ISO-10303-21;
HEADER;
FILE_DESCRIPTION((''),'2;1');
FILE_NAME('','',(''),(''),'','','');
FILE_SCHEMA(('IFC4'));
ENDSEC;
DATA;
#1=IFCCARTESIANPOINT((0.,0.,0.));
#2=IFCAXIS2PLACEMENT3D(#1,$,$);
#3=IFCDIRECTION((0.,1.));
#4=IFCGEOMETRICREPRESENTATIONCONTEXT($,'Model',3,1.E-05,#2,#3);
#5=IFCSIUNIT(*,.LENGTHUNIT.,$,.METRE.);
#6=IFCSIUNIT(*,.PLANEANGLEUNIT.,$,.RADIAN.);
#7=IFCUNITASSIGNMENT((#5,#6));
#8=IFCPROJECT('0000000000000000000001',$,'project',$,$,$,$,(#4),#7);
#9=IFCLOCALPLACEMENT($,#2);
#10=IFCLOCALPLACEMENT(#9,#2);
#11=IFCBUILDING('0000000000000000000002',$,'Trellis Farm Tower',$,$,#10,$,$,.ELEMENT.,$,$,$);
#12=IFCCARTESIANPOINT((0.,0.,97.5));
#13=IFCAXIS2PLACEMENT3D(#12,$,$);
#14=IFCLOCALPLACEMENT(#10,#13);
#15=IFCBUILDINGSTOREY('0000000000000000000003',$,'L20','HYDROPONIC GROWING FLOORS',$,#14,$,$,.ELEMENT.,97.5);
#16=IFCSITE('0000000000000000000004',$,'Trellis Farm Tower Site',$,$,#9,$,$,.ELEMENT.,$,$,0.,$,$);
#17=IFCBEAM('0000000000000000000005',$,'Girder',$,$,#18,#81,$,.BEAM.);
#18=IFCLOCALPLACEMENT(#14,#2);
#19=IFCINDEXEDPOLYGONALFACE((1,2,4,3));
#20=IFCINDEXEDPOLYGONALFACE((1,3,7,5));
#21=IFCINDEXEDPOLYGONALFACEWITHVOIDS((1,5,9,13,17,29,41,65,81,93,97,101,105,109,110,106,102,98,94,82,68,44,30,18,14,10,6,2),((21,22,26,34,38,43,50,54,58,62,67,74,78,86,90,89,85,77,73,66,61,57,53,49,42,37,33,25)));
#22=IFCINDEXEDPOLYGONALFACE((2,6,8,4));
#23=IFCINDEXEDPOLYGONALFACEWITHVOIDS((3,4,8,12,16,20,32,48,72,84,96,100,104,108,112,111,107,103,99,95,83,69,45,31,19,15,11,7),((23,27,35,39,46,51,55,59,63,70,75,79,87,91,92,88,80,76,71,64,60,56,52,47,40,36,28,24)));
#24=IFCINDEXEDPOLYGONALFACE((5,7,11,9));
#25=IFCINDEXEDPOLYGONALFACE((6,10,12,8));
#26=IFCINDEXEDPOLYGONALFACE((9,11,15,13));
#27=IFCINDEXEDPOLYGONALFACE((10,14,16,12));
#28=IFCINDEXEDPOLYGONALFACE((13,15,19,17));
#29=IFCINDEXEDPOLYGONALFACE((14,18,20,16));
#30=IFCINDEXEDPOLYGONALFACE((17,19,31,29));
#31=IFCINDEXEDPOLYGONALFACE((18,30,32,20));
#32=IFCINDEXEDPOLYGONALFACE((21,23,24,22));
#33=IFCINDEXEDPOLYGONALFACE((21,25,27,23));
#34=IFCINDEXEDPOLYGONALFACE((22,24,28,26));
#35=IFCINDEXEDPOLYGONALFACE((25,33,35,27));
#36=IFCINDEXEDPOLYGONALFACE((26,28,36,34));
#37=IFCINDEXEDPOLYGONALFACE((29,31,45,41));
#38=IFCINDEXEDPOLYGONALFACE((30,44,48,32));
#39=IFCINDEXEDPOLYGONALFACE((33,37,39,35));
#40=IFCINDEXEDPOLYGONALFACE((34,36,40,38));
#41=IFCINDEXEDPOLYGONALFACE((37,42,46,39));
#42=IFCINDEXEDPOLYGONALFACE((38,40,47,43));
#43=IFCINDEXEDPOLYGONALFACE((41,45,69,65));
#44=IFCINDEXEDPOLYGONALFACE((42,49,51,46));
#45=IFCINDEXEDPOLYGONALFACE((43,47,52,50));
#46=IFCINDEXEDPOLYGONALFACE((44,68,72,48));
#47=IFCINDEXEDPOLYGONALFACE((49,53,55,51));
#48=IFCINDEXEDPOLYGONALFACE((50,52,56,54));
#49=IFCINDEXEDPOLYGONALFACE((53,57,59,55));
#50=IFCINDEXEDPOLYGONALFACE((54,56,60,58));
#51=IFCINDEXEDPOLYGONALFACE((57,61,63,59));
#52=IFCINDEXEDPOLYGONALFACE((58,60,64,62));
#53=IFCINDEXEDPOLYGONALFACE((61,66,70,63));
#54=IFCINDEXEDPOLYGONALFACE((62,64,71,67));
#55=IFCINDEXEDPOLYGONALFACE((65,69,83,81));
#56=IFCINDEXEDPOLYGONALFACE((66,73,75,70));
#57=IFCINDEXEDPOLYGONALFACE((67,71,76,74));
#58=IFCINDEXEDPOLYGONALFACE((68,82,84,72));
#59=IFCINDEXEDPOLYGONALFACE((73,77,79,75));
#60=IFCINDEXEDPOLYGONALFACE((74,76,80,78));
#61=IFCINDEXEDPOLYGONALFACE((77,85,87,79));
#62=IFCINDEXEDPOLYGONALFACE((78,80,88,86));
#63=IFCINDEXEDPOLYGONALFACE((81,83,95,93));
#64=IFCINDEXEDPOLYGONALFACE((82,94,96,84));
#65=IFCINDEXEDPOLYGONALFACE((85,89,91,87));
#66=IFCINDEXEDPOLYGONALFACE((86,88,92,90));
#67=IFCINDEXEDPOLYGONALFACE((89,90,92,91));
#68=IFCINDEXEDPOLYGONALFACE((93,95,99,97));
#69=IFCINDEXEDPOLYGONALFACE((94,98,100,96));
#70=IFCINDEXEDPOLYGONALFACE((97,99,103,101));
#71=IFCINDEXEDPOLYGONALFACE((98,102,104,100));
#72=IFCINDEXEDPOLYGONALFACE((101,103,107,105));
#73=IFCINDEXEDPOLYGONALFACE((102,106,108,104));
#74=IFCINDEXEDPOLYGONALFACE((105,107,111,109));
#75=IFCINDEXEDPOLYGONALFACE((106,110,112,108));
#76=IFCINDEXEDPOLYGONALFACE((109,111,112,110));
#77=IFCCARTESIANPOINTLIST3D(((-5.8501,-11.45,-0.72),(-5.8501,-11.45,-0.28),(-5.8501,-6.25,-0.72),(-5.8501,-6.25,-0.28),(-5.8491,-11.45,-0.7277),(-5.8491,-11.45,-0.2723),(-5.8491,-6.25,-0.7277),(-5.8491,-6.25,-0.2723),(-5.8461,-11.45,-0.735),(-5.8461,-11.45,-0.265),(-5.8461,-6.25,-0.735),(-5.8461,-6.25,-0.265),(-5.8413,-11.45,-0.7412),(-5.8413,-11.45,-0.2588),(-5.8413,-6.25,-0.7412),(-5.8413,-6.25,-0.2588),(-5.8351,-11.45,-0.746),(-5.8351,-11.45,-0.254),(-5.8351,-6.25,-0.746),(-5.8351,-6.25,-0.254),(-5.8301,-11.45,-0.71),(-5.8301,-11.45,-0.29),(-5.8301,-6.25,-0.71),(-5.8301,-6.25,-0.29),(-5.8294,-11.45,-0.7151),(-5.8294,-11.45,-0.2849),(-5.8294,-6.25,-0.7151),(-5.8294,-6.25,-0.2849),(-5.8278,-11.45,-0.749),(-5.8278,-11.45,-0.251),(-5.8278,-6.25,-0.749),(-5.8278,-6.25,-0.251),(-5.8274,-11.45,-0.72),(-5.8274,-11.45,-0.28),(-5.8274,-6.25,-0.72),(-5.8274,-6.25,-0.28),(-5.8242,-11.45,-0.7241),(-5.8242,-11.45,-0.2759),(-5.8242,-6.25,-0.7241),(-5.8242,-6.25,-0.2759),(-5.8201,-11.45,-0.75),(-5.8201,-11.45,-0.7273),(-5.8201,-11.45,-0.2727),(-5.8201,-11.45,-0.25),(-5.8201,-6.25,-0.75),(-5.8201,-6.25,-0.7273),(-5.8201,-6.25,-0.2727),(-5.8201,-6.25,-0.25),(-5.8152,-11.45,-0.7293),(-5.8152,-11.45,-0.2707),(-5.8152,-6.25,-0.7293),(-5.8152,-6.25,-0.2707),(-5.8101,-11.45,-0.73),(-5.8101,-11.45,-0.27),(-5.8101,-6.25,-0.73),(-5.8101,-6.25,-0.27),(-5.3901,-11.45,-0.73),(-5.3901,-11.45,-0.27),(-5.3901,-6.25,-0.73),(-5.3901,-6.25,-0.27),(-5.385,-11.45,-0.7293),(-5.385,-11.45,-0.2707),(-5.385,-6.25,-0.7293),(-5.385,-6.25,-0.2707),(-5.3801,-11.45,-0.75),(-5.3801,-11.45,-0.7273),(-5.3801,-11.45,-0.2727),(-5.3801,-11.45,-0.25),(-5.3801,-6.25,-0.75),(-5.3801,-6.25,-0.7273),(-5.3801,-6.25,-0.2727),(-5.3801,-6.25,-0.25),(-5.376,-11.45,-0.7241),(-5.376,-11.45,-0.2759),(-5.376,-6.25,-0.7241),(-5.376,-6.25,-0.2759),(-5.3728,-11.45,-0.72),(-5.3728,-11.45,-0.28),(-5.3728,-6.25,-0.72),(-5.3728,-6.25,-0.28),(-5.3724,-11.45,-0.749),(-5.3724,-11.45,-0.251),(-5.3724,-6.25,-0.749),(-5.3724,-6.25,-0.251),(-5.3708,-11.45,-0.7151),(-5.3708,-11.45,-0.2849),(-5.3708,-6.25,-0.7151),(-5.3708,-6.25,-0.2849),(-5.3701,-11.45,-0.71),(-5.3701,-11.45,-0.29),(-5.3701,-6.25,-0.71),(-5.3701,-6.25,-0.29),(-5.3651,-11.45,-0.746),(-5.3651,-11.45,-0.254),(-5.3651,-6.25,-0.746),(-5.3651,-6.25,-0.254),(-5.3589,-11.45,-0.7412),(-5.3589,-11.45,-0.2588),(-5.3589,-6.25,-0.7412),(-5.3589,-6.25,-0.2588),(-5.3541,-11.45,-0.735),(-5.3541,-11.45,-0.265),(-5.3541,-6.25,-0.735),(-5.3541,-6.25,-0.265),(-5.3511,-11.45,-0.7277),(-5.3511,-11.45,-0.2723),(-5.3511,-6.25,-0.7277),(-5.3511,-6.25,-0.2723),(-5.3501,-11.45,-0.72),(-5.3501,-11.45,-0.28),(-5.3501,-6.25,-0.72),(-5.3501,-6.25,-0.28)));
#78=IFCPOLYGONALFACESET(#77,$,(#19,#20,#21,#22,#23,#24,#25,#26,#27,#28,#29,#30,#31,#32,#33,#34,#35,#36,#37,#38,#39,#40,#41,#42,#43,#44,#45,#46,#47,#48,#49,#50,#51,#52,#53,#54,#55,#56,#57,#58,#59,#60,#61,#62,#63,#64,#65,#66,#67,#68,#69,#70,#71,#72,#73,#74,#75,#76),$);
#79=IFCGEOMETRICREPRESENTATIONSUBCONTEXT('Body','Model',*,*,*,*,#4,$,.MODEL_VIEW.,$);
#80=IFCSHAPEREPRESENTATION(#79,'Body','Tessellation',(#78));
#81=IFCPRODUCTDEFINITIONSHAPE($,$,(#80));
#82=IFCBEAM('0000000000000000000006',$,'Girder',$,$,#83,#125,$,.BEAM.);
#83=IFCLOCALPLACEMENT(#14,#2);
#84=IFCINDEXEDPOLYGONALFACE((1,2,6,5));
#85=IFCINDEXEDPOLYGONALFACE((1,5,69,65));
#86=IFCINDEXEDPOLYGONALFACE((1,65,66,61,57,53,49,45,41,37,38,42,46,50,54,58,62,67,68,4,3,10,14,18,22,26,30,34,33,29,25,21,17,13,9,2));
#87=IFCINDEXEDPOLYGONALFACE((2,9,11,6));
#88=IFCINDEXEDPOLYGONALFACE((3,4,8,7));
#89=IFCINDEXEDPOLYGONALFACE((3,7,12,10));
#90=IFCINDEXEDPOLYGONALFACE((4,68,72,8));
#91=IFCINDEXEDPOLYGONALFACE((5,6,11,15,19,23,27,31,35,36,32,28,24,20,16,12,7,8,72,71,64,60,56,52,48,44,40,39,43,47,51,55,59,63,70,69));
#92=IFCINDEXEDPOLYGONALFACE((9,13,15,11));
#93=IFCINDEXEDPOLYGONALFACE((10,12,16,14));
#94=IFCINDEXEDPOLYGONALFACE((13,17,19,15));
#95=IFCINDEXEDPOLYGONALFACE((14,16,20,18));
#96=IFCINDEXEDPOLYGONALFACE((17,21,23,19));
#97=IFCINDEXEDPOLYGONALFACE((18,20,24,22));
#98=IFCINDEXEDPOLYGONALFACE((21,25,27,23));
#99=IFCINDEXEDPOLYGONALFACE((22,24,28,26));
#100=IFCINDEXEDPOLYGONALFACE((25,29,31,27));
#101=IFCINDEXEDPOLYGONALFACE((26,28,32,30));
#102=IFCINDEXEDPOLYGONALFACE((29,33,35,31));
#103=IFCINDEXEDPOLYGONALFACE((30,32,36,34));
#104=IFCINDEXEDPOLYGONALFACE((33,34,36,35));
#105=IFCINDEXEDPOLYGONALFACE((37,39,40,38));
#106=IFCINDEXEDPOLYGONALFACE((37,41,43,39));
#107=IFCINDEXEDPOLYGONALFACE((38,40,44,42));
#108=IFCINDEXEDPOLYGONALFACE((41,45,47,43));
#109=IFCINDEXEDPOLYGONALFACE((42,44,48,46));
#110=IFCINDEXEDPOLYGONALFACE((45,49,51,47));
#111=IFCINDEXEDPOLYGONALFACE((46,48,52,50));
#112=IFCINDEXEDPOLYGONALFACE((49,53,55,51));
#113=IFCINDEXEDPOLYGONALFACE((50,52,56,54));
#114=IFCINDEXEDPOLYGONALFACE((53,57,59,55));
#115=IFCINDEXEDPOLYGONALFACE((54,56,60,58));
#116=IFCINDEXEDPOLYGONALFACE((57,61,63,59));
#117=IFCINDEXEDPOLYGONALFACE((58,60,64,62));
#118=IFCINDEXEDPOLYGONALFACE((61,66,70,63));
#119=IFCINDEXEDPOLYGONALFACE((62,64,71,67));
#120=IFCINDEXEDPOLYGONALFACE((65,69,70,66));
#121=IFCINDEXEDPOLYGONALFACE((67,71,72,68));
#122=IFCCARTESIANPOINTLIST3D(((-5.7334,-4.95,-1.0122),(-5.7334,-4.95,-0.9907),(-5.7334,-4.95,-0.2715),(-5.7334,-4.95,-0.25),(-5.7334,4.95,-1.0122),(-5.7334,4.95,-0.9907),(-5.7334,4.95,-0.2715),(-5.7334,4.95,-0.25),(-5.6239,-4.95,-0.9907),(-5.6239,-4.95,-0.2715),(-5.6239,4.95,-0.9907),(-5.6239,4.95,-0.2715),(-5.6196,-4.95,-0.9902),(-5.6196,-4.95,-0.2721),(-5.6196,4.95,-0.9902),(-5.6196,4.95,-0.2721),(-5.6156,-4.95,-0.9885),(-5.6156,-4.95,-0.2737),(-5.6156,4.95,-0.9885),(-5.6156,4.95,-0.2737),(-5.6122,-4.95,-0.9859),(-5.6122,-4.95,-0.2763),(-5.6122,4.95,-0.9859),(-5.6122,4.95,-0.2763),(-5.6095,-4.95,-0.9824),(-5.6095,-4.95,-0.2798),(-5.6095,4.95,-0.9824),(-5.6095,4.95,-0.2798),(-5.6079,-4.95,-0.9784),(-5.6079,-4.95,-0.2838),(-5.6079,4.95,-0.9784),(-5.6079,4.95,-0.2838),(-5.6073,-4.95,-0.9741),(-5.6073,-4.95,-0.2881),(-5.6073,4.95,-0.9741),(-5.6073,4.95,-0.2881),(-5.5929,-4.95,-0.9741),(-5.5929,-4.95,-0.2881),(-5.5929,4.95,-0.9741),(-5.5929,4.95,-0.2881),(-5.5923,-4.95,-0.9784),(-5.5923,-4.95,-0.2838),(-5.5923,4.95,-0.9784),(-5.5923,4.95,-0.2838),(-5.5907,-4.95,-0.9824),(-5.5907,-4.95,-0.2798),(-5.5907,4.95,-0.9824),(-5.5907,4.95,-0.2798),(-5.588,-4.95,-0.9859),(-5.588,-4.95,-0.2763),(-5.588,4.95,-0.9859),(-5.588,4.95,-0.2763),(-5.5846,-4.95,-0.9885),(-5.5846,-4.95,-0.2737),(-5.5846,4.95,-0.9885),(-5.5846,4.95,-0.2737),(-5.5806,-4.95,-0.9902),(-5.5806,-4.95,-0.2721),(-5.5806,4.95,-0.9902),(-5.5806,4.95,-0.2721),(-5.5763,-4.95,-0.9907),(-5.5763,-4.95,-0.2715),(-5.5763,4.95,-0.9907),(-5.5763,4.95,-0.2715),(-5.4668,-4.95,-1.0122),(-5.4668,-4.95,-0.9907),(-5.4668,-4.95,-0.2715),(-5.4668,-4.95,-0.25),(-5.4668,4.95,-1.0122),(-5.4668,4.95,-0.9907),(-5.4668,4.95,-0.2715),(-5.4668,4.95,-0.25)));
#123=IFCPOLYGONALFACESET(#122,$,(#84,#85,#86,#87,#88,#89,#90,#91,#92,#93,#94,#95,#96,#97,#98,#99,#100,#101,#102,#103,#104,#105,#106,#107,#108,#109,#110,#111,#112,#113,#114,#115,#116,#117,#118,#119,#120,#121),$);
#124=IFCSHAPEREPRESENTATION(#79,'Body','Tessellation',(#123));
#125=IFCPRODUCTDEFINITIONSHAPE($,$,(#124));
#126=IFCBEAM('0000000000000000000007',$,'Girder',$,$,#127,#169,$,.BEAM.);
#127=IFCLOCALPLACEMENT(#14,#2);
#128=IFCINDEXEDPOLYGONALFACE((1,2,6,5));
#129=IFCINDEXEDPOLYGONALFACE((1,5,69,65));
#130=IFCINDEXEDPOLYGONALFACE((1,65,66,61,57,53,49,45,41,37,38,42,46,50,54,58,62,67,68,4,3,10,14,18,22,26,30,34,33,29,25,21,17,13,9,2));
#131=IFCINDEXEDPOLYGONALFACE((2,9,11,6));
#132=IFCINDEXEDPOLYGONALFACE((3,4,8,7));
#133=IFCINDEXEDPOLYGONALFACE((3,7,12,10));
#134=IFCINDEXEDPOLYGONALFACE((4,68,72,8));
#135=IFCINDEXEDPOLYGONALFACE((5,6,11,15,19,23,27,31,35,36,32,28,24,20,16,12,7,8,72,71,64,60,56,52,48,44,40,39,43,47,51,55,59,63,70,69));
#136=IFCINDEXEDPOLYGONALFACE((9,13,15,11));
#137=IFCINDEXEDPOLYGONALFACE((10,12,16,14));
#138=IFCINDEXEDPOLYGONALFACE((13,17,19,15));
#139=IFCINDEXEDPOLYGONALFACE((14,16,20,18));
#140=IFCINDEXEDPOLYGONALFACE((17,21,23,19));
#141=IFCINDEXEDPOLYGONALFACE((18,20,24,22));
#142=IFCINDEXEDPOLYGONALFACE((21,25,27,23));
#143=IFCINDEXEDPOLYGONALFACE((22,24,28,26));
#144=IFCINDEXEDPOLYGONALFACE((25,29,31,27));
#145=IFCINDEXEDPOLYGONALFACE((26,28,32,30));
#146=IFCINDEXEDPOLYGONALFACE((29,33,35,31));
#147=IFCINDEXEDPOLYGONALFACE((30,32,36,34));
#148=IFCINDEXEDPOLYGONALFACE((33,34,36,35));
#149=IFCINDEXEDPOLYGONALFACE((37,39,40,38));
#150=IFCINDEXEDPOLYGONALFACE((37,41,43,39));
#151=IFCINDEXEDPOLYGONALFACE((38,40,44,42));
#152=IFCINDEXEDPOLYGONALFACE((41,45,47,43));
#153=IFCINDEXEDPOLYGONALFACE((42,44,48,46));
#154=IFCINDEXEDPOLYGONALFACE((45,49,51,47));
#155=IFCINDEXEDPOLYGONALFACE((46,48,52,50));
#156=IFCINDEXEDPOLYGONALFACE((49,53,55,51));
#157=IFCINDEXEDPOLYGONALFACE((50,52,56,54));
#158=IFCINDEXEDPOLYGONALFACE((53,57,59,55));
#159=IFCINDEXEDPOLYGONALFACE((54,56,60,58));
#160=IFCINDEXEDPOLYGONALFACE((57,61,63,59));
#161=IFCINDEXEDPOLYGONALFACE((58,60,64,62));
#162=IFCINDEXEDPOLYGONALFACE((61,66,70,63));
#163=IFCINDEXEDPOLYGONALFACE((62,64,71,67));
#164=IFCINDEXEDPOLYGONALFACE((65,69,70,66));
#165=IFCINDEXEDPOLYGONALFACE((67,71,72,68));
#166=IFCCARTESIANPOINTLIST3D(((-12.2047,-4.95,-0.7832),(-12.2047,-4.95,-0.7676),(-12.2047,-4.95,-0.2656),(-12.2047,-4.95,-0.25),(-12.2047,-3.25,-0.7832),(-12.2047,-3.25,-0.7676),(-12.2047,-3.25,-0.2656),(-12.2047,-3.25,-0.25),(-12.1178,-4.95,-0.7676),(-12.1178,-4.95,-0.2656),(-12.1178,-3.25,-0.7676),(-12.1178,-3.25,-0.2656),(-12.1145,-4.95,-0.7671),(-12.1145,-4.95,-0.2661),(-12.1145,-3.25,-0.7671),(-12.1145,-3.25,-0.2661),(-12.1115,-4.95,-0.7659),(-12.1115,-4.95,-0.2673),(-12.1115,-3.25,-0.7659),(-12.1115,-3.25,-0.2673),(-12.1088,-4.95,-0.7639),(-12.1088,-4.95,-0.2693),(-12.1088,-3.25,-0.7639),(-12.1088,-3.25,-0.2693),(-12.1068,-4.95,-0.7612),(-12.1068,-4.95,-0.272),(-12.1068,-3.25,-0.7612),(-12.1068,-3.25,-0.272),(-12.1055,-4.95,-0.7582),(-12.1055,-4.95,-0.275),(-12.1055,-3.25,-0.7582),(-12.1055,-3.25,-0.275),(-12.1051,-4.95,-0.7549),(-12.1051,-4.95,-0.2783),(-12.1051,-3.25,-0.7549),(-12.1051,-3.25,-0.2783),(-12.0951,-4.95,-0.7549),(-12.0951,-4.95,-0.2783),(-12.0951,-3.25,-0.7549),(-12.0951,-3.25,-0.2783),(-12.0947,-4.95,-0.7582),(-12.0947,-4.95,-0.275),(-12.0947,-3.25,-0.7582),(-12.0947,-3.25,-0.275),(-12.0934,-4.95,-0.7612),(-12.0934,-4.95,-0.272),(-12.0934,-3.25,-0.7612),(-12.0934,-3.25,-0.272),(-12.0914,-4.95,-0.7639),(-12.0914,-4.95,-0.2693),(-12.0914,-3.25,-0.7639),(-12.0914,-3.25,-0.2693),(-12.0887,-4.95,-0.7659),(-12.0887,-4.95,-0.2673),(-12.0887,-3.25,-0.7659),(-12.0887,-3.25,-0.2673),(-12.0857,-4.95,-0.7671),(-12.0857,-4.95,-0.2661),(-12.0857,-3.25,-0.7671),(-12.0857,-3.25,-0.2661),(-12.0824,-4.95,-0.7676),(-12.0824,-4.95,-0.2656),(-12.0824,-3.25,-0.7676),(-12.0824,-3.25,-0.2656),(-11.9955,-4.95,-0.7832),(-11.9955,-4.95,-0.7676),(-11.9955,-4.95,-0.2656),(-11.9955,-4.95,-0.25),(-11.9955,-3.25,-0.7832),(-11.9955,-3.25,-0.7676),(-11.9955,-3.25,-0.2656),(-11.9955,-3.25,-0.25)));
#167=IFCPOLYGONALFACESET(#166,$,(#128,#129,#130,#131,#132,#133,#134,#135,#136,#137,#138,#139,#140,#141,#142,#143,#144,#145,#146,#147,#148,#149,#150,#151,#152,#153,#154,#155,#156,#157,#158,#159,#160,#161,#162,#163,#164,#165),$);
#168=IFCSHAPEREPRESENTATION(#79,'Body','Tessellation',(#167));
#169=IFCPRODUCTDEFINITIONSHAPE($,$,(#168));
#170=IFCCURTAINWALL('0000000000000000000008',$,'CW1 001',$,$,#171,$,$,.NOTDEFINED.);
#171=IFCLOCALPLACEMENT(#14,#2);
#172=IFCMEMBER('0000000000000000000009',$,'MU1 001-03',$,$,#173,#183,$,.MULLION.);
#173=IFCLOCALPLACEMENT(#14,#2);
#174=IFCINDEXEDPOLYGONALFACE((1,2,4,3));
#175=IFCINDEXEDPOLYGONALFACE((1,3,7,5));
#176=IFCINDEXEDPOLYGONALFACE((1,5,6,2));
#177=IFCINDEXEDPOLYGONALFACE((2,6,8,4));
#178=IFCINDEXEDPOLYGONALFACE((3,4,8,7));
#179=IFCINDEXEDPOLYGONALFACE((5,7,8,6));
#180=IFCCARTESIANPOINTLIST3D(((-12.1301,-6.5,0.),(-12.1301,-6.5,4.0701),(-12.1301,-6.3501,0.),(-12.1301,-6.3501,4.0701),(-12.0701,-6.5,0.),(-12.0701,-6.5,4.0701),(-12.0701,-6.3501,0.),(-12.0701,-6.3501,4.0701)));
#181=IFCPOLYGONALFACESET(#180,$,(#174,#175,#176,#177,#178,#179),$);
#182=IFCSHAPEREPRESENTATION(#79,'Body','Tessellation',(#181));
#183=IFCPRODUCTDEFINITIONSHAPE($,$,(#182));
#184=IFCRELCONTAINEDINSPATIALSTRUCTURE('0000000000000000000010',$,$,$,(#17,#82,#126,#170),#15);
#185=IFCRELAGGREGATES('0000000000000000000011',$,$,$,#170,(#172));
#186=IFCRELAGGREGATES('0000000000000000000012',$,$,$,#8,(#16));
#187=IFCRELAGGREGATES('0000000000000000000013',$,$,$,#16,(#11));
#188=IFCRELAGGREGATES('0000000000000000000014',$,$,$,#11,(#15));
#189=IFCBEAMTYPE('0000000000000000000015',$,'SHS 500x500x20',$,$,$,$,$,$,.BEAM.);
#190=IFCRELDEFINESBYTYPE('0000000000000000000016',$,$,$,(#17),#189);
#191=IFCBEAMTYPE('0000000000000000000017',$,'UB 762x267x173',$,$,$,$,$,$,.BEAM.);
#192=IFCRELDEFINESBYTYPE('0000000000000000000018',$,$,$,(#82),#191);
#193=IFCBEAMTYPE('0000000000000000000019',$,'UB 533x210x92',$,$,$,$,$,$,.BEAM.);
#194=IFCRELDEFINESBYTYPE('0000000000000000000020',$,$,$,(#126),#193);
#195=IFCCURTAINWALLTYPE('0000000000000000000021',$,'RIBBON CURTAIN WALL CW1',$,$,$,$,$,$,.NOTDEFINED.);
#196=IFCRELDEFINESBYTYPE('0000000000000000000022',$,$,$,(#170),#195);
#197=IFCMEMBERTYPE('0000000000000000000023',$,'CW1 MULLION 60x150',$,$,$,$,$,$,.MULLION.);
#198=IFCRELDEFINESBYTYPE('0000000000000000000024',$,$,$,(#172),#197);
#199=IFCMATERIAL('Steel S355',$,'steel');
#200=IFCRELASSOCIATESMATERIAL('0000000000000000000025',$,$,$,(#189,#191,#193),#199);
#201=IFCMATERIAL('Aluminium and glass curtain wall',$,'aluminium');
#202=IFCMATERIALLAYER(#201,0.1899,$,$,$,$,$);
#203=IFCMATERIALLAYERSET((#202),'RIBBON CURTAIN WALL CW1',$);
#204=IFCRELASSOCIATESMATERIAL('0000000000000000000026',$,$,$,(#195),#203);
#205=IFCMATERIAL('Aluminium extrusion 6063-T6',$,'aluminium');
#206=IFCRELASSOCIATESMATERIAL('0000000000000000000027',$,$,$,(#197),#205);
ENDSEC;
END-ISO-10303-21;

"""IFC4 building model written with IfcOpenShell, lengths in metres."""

from ifc_helpers import new_model, si_unit, direction, frame, origin, origin_2d, place, context, subcontext, project, spatial, rectangle, hollow_rectangle, i_section, extrude, source, transform, mapped, material, layer, layer_set, material_profile, profile_set, type_object, element, aggregate, save


model = new_model("IFC4")

# Units and contexts
model_context = context("Model", 3, precision=1e-05, world=origin(), true_north=direction((0.0, 1.0)))
body_context = subcontext(model_context, "Body", "Model", "MODEL_VIEW")
ifc_project = project(units=[si_unit("LENGTHUNIT", "METRE"), si_unit("PLANEANGLEUNIT", "RADIAN")], contexts=[model_context])

# Site, building, storey
site_placement = place(None, origin())
site = spatial("IfcSite", under=ifc_project, at=site_placement, Name="Trellis Farm Tower Site", CompositionType="ELEMENT", RefElevation=0.0)
building_placement = place(site_placement, origin())
building = spatial("IfcBuilding", under=site, at=building_placement, Name="Trellis Farm Tower", CompositionType="ELEMENT")
storey_placement = place(building_placement, frame((0.0, 0.0, 97.5)))
storey = spatial("IfcBuildingStorey", under=building, at=storey_placement, Name="L20", Description="HYDROPONIC GROWING FLOORS", CompositionType="ELEMENT", Elevation=97.5)

# Beams
ifc_material_1 = material(Name="Steel S355", Category="steel")
ifc_material_profile_1 = material_profile(ifc_material_1, hollow_rectangle(XDim=0.5, YDim=0.5, WallThickness=0.02, InnerFilletRadius=0.02, OuterFilletRadius=0.03, at=origin_2d()), Name="SHS 500x500x20")
ifc_profile_set_1 = profile_set([ifc_material_profile_1], Name="Steel S355")
beam_type_1 = type_object("IfcBeamType", Name="SHS 500x500x20", PredefinedType="BEAM", material=ifc_profile_set_1)
shared_shape_1 = source(origin(), body_context, "Body", "SweptSolid", [
    extrude(hollow_rectangle(XDim=0.5, YDim=0.5, WallThickness=0.02, InnerFilletRadius=0.02, OuterFilletRadius=0.03, at=origin_2d()), origin(), (0.0, 0.0, 1.0), 5.2),
])
for number, where, z_axis, x_axis, name in (
    (1, (-5.6001, -11.45, -0.5), (0.0, 1.0, 0.0), (-1.0, 0.0, 0.0), "Girder"),
):
    element("IfcBeam", number, at=place(storey_placement, frame(where, z_axis=z_axis, x_axis=x_axis)), inside=storey, type_object=beam_type_1, Name=name, PredefinedType="BEAM", context=body_context, shape_type="MappedRepresentation", body=[
        mapped(shared_shape_1, transform((0.0, 0.0, 0.0))),
    ])
ifc_material_profile_2 = material_profile(ifc_material_1, i_section(OverallWidth=0.2666, OverallDepth=0.7622, WebThickness=0.0144, FlangeThickness=0.0215, FilletRadius=0.0166, at=origin_2d()), Name="UB 762x267x173")
ifc_profile_set_2 = profile_set([ifc_material_profile_2], Name="Steel S355")
beam_type_2 = type_object("IfcBeamType", Name="UB 762x267x173", PredefinedType="BEAM", material=ifc_profile_set_2)
shared_shape_2 = source(origin(), body_context, "Body", "SweptSolid", [
    extrude(i_section(OverallWidth=0.2666, OverallDepth=0.7622, WebThickness=0.0144, FlangeThickness=0.0215, FilletRadius=0.0166, at=origin_2d()), origin(), (0.0, 0.0, 1.0), 9.8999),
])
beam_1_placement = place(storey_placement, frame((-5.6001, -4.95, -0.6311), z_axis=(0.0, 1.0, 0.0), x_axis=(-1.0, 0.0, 0.0)))
element("IfcBeam", 2, at=beam_1_placement, inside=storey, type_object=beam_type_2, Name="Girder", PredefinedType="BEAM", context=body_context, shape_type="MappedRepresentation", body=[
    mapped(shared_shape_2, transform((0.0, 0.0, 0.0))),
])
ifc_material_profile_3 = material_profile(ifc_material_1, i_section(OverallWidth=0.2092, OverallDepth=0.5332, WebThickness=0.01, FlangeThickness=0.0156, FilletRadius=0.0127, at=origin_2d()), Name="UB 533x210x92")
ifc_profile_set_3 = profile_set([ifc_material_profile_3], Name="Steel S355")
beam_type_3 = type_object("IfcBeamType", Name="UB 533x210x92", PredefinedType="BEAM", material=ifc_profile_set_3)
shared_shape_3 = source(origin(), body_context, "Body", "SweptSolid", [
    extrude(i_section(OverallWidth=0.2092, OverallDepth=0.5332, WebThickness=0.01, FlangeThickness=0.0156, FilletRadius=0.0127, at=origin_2d()), origin(), (0.0, 0.0, 1.0), 1.7),
])
beam_2_placement = place(storey_placement, frame((-12.1001, -4.95, -0.5166), z_axis=(0.0, 1.0, 0.0), x_axis=(-1.0, 0.0, 0.0)))
element("IfcBeam", 3, at=beam_2_placement, inside=storey, type_object=beam_type_3, Name="Girder", PredefinedType="BEAM", context=body_context, shape_type="MappedRepresentation", body=[
    mapped(shared_shape_3, transform((0.0, 0.0, 0.0))),
])

# Curtain wall, member
ifc_material_2 = material(Name="Aluminium and glass curtain wall", Category="aluminium")
ifc_layer_1 = layer(ifc_material_2, 0.1899)
ifc_layer_set_1 = layer_set([ifc_layer_1], Name="RIBBON CURTAIN WALL CW1")
curtain_wall_type_1 = type_object("IfcCurtainWallType", Name="RIBBON CURTAIN WALL CW1", PredefinedType="NOTDEFINED", material=ifc_layer_set_1)
placement = place(storey_placement, origin())
curtain_wall_1 = element("IfcCurtainWall", 4, at=placement, inside=storey, type_object=curtain_wall_type_1, Name="CW1 001", PredefinedType="NOTDEFINED")
ifc_material_3 = material(Name="Aluminium extrusion 6063-T6", Category="aluminium")
ifc_material_profile_4 = material_profile(ifc_material_3, rectangle(XDim=0.0601, YDim=0.1499, at=origin_2d()), Name="MULLION 60x150")
ifc_profile_set_4 = profile_set([ifc_material_profile_4], Name="Aluminium extrusion 6063-T6")
member_type_1 = type_object("IfcMemberType", Name="CW1 MULLION 60x150", PredefinedType="MULLION", material=ifc_profile_set_4)
shared_shape_4 = source(origin(), body_context, "Body", "SweptSolid", [
    extrude(rectangle(XDim=0.0601, YDim=0.1499, at=origin_2d()), origin(), (0.0, 0.0, 1.0), 4.0701),
])
member_1_placement = place(storey_placement, frame((-12.1001, -6.425, 0.0), z_axis=(0.0, 0.0, 1.0), x_axis=(1.0, 0.0, 0.0)))
member_1 = element("IfcMember", 5, at=member_1_placement, type_object=member_type_1, Name="MU1 001-03", PredefinedType="MULLION", context=body_context, shape_type="MappedRepresentation", body=[
    mapped(shared_shape_4, transform((0.0, 0.0, 0.0))),
])
aggregate(curtain_wall_1, [member_1])

save(model, "model.ifc")
